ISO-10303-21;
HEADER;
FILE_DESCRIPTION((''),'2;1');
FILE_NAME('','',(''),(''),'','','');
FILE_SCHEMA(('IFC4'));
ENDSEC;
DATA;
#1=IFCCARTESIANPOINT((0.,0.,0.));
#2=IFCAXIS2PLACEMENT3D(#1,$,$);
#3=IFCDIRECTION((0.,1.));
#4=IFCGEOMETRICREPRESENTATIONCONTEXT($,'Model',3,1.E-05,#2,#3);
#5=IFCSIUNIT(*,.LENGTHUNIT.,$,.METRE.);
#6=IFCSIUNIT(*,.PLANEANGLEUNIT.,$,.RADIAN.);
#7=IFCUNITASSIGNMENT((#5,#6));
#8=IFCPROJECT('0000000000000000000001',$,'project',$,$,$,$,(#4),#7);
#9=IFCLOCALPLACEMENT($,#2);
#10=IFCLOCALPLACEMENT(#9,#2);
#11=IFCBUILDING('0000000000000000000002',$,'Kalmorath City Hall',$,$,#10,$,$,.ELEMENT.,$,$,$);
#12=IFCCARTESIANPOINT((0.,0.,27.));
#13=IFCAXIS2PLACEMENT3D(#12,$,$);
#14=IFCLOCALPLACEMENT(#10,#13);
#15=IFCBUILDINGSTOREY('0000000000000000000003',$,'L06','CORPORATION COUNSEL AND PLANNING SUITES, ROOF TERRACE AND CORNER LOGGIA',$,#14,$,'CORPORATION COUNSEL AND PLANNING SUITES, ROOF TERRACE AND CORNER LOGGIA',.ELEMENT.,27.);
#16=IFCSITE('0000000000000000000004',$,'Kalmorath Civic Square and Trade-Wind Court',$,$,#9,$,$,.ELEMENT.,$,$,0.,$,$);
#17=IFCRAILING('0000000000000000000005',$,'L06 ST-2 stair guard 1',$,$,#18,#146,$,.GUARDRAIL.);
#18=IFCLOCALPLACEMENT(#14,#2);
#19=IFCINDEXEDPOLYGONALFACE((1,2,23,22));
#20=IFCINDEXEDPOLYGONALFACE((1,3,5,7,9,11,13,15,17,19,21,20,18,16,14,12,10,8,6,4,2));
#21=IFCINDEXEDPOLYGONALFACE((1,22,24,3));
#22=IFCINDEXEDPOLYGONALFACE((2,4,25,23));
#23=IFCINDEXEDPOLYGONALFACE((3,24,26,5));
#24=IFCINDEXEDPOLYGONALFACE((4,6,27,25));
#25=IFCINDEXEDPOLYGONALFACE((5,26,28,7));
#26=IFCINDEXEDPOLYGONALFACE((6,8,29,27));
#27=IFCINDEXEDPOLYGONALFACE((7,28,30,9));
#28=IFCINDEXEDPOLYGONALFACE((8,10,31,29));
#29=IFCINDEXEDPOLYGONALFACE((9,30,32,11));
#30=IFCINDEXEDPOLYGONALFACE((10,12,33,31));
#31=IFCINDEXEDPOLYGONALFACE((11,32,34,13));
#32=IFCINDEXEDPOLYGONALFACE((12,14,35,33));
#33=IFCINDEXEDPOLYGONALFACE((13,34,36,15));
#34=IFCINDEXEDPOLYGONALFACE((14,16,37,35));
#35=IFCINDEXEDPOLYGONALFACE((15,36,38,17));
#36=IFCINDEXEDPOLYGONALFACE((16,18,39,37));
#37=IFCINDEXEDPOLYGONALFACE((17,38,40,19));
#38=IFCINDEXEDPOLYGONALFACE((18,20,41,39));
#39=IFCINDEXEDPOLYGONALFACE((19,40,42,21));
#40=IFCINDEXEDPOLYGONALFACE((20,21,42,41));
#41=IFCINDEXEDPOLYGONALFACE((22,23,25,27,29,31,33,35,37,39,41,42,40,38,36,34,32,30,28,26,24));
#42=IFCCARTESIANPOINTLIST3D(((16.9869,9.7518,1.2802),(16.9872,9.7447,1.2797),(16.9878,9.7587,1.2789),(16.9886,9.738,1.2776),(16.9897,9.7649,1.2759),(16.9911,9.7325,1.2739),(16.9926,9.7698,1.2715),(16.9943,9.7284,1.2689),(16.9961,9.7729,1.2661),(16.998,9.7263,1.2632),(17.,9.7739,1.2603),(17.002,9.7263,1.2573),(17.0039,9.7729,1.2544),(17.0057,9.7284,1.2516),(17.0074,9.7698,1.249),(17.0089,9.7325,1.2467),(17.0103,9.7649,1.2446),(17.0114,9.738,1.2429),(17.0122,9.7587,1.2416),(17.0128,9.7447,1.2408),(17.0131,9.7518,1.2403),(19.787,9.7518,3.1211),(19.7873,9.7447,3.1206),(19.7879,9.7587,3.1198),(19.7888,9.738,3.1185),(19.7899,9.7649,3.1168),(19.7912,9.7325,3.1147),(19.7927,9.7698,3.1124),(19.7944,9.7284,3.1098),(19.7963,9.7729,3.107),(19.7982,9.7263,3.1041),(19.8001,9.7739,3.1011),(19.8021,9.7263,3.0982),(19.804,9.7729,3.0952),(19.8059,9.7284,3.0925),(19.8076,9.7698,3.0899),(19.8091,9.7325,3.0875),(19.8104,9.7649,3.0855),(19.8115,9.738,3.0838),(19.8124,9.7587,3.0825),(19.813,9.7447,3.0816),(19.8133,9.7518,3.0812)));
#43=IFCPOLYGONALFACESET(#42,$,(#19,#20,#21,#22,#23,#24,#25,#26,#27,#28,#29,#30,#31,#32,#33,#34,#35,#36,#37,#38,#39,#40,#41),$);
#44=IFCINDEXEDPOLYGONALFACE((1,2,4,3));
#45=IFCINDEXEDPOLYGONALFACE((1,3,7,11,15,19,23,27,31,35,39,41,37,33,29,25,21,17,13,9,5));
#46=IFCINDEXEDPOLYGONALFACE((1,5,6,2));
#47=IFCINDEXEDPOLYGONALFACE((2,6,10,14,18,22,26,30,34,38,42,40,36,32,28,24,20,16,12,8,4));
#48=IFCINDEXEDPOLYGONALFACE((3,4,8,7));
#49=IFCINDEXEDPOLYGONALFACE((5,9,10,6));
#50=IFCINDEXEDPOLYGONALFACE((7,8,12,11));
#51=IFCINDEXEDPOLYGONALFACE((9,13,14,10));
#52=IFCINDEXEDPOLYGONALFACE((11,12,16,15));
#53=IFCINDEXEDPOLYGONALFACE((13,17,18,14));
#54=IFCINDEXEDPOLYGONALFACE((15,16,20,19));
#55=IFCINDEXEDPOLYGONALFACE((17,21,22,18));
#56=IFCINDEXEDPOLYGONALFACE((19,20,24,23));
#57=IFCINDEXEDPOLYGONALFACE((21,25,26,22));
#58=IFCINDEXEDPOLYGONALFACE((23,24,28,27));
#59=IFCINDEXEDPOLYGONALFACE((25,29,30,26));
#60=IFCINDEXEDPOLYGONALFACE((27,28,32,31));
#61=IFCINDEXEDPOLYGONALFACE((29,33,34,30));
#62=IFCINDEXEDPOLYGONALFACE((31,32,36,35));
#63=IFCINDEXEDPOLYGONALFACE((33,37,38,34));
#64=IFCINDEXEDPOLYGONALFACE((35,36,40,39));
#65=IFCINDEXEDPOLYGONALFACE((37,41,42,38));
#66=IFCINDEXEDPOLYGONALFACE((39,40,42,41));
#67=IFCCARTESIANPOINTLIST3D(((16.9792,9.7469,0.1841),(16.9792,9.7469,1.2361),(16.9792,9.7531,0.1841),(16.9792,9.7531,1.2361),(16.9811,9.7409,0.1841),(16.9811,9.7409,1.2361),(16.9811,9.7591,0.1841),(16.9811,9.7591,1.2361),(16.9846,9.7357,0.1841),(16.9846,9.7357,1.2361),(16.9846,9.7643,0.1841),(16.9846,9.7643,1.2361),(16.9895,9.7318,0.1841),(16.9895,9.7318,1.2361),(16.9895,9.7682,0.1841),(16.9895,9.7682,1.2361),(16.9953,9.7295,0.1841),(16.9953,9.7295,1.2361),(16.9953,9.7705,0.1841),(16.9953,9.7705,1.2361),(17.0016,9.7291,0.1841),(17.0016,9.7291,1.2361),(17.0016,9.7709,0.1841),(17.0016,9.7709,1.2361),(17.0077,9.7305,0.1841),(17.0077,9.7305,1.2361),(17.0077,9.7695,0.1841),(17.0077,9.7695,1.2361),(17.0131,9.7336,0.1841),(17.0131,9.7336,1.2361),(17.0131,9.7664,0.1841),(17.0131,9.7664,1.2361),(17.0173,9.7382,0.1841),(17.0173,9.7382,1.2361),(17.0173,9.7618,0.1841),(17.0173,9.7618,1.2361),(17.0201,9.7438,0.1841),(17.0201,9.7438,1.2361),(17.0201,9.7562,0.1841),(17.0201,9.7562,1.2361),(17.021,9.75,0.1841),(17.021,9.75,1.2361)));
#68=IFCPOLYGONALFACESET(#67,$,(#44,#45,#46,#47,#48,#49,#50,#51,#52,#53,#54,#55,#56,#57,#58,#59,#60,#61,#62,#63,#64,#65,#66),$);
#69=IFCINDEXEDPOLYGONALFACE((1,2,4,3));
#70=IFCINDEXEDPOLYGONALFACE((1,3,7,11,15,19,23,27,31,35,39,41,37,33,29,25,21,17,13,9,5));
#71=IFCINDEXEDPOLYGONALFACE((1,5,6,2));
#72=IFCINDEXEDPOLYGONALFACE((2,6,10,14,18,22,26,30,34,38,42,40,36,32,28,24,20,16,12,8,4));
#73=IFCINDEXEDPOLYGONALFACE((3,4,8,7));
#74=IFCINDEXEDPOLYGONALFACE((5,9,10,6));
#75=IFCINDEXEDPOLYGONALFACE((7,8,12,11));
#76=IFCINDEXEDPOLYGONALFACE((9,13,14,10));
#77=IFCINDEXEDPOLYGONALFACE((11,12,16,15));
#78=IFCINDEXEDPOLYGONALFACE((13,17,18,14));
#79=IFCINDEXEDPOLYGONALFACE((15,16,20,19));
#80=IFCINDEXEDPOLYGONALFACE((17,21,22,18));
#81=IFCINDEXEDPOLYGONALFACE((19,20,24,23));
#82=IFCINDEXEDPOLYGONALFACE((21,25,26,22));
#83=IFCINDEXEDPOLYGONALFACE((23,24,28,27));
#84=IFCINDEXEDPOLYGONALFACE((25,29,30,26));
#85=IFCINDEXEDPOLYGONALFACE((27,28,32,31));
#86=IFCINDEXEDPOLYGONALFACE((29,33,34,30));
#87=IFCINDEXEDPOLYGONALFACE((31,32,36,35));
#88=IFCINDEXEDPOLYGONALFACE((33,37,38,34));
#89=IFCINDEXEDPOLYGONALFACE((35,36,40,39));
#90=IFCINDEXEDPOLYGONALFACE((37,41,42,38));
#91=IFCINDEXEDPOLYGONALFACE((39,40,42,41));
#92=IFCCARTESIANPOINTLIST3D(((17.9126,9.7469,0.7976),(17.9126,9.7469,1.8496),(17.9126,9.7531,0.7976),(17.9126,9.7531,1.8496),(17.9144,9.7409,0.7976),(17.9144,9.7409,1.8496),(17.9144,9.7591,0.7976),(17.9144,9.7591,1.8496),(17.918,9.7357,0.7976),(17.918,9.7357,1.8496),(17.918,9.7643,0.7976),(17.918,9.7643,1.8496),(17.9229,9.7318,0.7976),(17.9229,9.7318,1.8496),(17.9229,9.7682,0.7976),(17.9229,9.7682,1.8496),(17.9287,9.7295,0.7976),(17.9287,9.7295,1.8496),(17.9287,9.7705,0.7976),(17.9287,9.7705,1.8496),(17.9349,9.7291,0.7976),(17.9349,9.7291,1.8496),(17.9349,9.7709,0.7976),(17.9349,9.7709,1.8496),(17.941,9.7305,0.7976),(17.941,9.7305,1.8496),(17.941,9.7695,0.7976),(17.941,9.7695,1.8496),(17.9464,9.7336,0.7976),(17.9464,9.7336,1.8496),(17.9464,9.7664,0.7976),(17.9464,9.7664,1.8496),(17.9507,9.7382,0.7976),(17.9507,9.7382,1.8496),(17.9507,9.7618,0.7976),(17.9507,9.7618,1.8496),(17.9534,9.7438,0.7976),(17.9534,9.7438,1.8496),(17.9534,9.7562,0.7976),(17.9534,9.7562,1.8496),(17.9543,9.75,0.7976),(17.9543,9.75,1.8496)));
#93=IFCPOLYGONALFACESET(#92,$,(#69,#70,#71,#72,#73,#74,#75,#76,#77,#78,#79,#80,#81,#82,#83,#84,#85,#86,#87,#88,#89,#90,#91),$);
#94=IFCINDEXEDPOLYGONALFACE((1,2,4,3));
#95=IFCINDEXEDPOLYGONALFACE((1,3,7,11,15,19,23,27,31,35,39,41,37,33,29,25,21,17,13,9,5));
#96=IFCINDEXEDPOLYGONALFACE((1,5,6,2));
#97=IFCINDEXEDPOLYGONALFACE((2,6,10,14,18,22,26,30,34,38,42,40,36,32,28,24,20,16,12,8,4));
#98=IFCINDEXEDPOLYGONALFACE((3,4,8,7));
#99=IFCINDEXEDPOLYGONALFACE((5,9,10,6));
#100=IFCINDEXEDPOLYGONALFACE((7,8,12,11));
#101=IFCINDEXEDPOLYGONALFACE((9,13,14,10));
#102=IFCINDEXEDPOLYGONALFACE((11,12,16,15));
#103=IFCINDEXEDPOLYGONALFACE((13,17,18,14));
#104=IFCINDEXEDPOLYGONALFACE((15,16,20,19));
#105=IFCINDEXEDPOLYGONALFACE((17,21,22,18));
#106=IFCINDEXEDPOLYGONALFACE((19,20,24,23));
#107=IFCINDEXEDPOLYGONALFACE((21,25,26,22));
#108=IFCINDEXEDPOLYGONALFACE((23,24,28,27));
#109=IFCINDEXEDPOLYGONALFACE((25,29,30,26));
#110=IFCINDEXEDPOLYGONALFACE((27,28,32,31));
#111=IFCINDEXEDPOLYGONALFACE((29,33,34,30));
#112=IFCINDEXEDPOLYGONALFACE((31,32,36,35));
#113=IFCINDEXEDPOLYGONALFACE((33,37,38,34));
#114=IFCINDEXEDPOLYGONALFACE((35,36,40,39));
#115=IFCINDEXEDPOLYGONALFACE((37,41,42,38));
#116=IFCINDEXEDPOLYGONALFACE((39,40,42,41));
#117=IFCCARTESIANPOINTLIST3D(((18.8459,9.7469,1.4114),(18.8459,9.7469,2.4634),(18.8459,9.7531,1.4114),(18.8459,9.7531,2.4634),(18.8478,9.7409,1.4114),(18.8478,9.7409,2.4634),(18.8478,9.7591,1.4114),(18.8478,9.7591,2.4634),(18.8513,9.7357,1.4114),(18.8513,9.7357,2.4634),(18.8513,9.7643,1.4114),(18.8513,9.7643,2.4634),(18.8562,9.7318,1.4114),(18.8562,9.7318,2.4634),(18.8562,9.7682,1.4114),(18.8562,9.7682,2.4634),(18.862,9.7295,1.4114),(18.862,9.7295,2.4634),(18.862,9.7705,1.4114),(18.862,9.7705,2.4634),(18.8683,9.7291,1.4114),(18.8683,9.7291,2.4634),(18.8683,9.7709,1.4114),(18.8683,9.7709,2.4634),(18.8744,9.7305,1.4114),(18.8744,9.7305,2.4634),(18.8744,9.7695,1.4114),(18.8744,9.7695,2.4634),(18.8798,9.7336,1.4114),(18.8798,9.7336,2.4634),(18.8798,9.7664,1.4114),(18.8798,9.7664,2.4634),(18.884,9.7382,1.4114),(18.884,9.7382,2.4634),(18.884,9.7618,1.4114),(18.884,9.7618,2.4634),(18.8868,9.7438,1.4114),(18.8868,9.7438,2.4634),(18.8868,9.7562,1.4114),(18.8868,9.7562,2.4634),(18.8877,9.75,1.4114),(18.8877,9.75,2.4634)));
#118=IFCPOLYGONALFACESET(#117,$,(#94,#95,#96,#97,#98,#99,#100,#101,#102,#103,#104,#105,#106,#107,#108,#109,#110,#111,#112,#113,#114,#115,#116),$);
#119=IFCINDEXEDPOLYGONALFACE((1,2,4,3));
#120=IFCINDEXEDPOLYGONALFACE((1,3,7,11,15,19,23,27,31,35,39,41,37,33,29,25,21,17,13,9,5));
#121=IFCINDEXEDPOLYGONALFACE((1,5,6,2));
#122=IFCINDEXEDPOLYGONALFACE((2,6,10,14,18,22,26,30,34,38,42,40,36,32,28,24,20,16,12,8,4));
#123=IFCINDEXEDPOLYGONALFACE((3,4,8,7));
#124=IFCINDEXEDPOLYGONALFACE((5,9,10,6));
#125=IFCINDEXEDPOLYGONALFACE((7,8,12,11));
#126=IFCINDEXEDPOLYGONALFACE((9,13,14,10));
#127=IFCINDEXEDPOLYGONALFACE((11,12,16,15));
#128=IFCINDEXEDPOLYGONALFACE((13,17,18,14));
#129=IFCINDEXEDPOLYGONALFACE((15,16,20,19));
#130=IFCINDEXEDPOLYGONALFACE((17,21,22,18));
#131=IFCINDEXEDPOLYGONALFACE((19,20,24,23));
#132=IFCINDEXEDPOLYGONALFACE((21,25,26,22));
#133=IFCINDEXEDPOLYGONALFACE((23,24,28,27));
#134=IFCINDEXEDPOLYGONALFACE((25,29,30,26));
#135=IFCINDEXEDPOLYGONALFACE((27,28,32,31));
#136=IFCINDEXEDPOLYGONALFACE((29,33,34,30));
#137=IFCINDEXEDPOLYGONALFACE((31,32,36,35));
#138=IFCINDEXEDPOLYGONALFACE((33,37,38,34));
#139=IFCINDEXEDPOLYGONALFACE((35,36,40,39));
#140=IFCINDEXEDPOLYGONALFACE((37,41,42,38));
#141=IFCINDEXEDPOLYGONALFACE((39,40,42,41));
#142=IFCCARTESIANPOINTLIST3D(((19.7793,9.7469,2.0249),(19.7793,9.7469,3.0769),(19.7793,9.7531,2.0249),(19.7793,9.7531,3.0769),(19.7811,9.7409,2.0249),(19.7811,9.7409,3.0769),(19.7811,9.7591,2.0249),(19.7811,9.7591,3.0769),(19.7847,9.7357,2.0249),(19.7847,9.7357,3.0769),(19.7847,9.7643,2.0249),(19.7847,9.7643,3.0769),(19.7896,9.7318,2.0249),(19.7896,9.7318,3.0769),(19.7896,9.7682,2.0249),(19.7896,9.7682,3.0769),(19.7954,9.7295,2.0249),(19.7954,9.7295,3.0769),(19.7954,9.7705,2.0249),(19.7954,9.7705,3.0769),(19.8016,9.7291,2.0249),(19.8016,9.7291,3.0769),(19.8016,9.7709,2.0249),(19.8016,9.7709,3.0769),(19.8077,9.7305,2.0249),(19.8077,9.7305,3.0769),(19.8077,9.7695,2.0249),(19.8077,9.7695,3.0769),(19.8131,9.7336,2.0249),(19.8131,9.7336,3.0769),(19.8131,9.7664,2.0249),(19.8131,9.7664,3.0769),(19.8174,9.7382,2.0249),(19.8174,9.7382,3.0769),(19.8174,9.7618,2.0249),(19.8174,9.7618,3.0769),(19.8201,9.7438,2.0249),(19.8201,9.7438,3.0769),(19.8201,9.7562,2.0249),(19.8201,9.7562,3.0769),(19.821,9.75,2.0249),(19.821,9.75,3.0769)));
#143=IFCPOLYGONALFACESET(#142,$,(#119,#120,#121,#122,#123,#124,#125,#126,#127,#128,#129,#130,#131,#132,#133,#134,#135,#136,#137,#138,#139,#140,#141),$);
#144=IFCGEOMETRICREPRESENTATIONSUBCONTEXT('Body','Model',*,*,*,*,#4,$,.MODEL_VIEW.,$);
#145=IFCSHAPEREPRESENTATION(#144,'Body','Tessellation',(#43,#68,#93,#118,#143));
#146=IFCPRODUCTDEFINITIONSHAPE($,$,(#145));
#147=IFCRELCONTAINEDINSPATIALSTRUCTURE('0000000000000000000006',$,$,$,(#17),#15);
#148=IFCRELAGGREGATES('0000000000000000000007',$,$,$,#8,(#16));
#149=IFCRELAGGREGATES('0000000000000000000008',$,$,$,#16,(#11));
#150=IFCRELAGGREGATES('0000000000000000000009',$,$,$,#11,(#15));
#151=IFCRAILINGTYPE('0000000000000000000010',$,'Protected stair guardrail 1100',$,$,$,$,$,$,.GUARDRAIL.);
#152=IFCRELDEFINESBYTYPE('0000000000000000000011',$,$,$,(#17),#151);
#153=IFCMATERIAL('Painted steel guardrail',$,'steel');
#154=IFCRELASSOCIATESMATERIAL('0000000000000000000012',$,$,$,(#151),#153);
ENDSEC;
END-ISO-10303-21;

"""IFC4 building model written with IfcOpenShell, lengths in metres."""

from ifc_helpers import new_model, si_unit, direction, frame, origin, origin_2d, place, context, subcontext, project, spatial, circle, extrude, material, type_object, element, save


model = new_model("IFC4")

# Units and contexts
model_context = context("Model", 3, precision=1e-05, world=origin(), true_north=direction((0.0, 1.0)))
body_context = subcontext(model_context, "Body", "Model", "MODEL_VIEW")
ifc_project = project(units=[si_unit("LENGTHUNIT", "METRE"), si_unit("PLANEANGLEUNIT", "RADIAN")], contexts=[model_context])

# Site, building, storey
site_placement = place(None, origin())
site = spatial("IfcSite", under=ifc_project, at=site_placement, Name="Kalmorath Civic Square and Trade-Wind Court", CompositionType="ELEMENT", RefElevation=0.0)
building_placement = place(site_placement, origin())
building = spatial("IfcBuilding", under=site, at=building_placement, Name="Kalmorath City Hall", CompositionType="ELEMENT")
storey_placement = place(building_placement, frame((0.0, 0.0, 27.0)))
storey = spatial("IfcBuildingStorey", under=building, at=storey_placement, Name="L06", Description="CORPORATION COUNSEL AND PLANNING SUITES, ROOF TERRACE AND CORNER LOGGIA", LongName="CORPORATION COUNSEL AND PLANNING SUITES, ROOF TERRACE AND CORNER LOGGIA", CompositionType="ELEMENT", Elevation=27.0)

# Railing
ifc_material_1 = material(Name="Painted steel guardrail", Category="steel")
railing_type_1 = type_object("IfcRailingType", Name="Protected stair guardrail 1100", PredefinedType="GUARDRAIL", material=ifc_material_1)
railing_1_placement = place(storey_placement, frame((17.0, 9.75, 0.1841)))
element("IfcRailing", 1, at=railing_1_placement, inside=storey, type_object=railing_type_1, Name="L06 ST-2 stair guard 1", PredefinedType="GUARDRAIL", context=body_context, shape_type="SweptSolid", body=[
    extrude(circle(Radius=0.0239, at=origin_2d()), frame((0.0, 0.0, 1.0762), z_axis=(0.835598, 0.0, 0.549342), x_axis=(0.0, 1.0, 0.0)), (0.0, 0.0, 1.0), 3.3511),
    extrude(circle(Radius=0.021, at=origin_2d()), origin(), (0.0, 0.0, 1.0), 1.052),
    extrude(circle(Radius=0.021, at=origin_2d()), frame((0.9333, 0.0, 0.6135)), (0.0, 0.0, 1.0), 1.052),
    extrude(circle(Radius=0.021, at=origin_2d()), frame((1.8667, 0.0, 1.2273)), (0.0, 0.0, 1.0), 1.052),
    extrude(circle(Radius=0.021, at=origin_2d()), frame((2.8, 0.0, 1.8408)), (0.0, 0.0, 1.0), 1.052),
])

save(model, "model.ifc")
